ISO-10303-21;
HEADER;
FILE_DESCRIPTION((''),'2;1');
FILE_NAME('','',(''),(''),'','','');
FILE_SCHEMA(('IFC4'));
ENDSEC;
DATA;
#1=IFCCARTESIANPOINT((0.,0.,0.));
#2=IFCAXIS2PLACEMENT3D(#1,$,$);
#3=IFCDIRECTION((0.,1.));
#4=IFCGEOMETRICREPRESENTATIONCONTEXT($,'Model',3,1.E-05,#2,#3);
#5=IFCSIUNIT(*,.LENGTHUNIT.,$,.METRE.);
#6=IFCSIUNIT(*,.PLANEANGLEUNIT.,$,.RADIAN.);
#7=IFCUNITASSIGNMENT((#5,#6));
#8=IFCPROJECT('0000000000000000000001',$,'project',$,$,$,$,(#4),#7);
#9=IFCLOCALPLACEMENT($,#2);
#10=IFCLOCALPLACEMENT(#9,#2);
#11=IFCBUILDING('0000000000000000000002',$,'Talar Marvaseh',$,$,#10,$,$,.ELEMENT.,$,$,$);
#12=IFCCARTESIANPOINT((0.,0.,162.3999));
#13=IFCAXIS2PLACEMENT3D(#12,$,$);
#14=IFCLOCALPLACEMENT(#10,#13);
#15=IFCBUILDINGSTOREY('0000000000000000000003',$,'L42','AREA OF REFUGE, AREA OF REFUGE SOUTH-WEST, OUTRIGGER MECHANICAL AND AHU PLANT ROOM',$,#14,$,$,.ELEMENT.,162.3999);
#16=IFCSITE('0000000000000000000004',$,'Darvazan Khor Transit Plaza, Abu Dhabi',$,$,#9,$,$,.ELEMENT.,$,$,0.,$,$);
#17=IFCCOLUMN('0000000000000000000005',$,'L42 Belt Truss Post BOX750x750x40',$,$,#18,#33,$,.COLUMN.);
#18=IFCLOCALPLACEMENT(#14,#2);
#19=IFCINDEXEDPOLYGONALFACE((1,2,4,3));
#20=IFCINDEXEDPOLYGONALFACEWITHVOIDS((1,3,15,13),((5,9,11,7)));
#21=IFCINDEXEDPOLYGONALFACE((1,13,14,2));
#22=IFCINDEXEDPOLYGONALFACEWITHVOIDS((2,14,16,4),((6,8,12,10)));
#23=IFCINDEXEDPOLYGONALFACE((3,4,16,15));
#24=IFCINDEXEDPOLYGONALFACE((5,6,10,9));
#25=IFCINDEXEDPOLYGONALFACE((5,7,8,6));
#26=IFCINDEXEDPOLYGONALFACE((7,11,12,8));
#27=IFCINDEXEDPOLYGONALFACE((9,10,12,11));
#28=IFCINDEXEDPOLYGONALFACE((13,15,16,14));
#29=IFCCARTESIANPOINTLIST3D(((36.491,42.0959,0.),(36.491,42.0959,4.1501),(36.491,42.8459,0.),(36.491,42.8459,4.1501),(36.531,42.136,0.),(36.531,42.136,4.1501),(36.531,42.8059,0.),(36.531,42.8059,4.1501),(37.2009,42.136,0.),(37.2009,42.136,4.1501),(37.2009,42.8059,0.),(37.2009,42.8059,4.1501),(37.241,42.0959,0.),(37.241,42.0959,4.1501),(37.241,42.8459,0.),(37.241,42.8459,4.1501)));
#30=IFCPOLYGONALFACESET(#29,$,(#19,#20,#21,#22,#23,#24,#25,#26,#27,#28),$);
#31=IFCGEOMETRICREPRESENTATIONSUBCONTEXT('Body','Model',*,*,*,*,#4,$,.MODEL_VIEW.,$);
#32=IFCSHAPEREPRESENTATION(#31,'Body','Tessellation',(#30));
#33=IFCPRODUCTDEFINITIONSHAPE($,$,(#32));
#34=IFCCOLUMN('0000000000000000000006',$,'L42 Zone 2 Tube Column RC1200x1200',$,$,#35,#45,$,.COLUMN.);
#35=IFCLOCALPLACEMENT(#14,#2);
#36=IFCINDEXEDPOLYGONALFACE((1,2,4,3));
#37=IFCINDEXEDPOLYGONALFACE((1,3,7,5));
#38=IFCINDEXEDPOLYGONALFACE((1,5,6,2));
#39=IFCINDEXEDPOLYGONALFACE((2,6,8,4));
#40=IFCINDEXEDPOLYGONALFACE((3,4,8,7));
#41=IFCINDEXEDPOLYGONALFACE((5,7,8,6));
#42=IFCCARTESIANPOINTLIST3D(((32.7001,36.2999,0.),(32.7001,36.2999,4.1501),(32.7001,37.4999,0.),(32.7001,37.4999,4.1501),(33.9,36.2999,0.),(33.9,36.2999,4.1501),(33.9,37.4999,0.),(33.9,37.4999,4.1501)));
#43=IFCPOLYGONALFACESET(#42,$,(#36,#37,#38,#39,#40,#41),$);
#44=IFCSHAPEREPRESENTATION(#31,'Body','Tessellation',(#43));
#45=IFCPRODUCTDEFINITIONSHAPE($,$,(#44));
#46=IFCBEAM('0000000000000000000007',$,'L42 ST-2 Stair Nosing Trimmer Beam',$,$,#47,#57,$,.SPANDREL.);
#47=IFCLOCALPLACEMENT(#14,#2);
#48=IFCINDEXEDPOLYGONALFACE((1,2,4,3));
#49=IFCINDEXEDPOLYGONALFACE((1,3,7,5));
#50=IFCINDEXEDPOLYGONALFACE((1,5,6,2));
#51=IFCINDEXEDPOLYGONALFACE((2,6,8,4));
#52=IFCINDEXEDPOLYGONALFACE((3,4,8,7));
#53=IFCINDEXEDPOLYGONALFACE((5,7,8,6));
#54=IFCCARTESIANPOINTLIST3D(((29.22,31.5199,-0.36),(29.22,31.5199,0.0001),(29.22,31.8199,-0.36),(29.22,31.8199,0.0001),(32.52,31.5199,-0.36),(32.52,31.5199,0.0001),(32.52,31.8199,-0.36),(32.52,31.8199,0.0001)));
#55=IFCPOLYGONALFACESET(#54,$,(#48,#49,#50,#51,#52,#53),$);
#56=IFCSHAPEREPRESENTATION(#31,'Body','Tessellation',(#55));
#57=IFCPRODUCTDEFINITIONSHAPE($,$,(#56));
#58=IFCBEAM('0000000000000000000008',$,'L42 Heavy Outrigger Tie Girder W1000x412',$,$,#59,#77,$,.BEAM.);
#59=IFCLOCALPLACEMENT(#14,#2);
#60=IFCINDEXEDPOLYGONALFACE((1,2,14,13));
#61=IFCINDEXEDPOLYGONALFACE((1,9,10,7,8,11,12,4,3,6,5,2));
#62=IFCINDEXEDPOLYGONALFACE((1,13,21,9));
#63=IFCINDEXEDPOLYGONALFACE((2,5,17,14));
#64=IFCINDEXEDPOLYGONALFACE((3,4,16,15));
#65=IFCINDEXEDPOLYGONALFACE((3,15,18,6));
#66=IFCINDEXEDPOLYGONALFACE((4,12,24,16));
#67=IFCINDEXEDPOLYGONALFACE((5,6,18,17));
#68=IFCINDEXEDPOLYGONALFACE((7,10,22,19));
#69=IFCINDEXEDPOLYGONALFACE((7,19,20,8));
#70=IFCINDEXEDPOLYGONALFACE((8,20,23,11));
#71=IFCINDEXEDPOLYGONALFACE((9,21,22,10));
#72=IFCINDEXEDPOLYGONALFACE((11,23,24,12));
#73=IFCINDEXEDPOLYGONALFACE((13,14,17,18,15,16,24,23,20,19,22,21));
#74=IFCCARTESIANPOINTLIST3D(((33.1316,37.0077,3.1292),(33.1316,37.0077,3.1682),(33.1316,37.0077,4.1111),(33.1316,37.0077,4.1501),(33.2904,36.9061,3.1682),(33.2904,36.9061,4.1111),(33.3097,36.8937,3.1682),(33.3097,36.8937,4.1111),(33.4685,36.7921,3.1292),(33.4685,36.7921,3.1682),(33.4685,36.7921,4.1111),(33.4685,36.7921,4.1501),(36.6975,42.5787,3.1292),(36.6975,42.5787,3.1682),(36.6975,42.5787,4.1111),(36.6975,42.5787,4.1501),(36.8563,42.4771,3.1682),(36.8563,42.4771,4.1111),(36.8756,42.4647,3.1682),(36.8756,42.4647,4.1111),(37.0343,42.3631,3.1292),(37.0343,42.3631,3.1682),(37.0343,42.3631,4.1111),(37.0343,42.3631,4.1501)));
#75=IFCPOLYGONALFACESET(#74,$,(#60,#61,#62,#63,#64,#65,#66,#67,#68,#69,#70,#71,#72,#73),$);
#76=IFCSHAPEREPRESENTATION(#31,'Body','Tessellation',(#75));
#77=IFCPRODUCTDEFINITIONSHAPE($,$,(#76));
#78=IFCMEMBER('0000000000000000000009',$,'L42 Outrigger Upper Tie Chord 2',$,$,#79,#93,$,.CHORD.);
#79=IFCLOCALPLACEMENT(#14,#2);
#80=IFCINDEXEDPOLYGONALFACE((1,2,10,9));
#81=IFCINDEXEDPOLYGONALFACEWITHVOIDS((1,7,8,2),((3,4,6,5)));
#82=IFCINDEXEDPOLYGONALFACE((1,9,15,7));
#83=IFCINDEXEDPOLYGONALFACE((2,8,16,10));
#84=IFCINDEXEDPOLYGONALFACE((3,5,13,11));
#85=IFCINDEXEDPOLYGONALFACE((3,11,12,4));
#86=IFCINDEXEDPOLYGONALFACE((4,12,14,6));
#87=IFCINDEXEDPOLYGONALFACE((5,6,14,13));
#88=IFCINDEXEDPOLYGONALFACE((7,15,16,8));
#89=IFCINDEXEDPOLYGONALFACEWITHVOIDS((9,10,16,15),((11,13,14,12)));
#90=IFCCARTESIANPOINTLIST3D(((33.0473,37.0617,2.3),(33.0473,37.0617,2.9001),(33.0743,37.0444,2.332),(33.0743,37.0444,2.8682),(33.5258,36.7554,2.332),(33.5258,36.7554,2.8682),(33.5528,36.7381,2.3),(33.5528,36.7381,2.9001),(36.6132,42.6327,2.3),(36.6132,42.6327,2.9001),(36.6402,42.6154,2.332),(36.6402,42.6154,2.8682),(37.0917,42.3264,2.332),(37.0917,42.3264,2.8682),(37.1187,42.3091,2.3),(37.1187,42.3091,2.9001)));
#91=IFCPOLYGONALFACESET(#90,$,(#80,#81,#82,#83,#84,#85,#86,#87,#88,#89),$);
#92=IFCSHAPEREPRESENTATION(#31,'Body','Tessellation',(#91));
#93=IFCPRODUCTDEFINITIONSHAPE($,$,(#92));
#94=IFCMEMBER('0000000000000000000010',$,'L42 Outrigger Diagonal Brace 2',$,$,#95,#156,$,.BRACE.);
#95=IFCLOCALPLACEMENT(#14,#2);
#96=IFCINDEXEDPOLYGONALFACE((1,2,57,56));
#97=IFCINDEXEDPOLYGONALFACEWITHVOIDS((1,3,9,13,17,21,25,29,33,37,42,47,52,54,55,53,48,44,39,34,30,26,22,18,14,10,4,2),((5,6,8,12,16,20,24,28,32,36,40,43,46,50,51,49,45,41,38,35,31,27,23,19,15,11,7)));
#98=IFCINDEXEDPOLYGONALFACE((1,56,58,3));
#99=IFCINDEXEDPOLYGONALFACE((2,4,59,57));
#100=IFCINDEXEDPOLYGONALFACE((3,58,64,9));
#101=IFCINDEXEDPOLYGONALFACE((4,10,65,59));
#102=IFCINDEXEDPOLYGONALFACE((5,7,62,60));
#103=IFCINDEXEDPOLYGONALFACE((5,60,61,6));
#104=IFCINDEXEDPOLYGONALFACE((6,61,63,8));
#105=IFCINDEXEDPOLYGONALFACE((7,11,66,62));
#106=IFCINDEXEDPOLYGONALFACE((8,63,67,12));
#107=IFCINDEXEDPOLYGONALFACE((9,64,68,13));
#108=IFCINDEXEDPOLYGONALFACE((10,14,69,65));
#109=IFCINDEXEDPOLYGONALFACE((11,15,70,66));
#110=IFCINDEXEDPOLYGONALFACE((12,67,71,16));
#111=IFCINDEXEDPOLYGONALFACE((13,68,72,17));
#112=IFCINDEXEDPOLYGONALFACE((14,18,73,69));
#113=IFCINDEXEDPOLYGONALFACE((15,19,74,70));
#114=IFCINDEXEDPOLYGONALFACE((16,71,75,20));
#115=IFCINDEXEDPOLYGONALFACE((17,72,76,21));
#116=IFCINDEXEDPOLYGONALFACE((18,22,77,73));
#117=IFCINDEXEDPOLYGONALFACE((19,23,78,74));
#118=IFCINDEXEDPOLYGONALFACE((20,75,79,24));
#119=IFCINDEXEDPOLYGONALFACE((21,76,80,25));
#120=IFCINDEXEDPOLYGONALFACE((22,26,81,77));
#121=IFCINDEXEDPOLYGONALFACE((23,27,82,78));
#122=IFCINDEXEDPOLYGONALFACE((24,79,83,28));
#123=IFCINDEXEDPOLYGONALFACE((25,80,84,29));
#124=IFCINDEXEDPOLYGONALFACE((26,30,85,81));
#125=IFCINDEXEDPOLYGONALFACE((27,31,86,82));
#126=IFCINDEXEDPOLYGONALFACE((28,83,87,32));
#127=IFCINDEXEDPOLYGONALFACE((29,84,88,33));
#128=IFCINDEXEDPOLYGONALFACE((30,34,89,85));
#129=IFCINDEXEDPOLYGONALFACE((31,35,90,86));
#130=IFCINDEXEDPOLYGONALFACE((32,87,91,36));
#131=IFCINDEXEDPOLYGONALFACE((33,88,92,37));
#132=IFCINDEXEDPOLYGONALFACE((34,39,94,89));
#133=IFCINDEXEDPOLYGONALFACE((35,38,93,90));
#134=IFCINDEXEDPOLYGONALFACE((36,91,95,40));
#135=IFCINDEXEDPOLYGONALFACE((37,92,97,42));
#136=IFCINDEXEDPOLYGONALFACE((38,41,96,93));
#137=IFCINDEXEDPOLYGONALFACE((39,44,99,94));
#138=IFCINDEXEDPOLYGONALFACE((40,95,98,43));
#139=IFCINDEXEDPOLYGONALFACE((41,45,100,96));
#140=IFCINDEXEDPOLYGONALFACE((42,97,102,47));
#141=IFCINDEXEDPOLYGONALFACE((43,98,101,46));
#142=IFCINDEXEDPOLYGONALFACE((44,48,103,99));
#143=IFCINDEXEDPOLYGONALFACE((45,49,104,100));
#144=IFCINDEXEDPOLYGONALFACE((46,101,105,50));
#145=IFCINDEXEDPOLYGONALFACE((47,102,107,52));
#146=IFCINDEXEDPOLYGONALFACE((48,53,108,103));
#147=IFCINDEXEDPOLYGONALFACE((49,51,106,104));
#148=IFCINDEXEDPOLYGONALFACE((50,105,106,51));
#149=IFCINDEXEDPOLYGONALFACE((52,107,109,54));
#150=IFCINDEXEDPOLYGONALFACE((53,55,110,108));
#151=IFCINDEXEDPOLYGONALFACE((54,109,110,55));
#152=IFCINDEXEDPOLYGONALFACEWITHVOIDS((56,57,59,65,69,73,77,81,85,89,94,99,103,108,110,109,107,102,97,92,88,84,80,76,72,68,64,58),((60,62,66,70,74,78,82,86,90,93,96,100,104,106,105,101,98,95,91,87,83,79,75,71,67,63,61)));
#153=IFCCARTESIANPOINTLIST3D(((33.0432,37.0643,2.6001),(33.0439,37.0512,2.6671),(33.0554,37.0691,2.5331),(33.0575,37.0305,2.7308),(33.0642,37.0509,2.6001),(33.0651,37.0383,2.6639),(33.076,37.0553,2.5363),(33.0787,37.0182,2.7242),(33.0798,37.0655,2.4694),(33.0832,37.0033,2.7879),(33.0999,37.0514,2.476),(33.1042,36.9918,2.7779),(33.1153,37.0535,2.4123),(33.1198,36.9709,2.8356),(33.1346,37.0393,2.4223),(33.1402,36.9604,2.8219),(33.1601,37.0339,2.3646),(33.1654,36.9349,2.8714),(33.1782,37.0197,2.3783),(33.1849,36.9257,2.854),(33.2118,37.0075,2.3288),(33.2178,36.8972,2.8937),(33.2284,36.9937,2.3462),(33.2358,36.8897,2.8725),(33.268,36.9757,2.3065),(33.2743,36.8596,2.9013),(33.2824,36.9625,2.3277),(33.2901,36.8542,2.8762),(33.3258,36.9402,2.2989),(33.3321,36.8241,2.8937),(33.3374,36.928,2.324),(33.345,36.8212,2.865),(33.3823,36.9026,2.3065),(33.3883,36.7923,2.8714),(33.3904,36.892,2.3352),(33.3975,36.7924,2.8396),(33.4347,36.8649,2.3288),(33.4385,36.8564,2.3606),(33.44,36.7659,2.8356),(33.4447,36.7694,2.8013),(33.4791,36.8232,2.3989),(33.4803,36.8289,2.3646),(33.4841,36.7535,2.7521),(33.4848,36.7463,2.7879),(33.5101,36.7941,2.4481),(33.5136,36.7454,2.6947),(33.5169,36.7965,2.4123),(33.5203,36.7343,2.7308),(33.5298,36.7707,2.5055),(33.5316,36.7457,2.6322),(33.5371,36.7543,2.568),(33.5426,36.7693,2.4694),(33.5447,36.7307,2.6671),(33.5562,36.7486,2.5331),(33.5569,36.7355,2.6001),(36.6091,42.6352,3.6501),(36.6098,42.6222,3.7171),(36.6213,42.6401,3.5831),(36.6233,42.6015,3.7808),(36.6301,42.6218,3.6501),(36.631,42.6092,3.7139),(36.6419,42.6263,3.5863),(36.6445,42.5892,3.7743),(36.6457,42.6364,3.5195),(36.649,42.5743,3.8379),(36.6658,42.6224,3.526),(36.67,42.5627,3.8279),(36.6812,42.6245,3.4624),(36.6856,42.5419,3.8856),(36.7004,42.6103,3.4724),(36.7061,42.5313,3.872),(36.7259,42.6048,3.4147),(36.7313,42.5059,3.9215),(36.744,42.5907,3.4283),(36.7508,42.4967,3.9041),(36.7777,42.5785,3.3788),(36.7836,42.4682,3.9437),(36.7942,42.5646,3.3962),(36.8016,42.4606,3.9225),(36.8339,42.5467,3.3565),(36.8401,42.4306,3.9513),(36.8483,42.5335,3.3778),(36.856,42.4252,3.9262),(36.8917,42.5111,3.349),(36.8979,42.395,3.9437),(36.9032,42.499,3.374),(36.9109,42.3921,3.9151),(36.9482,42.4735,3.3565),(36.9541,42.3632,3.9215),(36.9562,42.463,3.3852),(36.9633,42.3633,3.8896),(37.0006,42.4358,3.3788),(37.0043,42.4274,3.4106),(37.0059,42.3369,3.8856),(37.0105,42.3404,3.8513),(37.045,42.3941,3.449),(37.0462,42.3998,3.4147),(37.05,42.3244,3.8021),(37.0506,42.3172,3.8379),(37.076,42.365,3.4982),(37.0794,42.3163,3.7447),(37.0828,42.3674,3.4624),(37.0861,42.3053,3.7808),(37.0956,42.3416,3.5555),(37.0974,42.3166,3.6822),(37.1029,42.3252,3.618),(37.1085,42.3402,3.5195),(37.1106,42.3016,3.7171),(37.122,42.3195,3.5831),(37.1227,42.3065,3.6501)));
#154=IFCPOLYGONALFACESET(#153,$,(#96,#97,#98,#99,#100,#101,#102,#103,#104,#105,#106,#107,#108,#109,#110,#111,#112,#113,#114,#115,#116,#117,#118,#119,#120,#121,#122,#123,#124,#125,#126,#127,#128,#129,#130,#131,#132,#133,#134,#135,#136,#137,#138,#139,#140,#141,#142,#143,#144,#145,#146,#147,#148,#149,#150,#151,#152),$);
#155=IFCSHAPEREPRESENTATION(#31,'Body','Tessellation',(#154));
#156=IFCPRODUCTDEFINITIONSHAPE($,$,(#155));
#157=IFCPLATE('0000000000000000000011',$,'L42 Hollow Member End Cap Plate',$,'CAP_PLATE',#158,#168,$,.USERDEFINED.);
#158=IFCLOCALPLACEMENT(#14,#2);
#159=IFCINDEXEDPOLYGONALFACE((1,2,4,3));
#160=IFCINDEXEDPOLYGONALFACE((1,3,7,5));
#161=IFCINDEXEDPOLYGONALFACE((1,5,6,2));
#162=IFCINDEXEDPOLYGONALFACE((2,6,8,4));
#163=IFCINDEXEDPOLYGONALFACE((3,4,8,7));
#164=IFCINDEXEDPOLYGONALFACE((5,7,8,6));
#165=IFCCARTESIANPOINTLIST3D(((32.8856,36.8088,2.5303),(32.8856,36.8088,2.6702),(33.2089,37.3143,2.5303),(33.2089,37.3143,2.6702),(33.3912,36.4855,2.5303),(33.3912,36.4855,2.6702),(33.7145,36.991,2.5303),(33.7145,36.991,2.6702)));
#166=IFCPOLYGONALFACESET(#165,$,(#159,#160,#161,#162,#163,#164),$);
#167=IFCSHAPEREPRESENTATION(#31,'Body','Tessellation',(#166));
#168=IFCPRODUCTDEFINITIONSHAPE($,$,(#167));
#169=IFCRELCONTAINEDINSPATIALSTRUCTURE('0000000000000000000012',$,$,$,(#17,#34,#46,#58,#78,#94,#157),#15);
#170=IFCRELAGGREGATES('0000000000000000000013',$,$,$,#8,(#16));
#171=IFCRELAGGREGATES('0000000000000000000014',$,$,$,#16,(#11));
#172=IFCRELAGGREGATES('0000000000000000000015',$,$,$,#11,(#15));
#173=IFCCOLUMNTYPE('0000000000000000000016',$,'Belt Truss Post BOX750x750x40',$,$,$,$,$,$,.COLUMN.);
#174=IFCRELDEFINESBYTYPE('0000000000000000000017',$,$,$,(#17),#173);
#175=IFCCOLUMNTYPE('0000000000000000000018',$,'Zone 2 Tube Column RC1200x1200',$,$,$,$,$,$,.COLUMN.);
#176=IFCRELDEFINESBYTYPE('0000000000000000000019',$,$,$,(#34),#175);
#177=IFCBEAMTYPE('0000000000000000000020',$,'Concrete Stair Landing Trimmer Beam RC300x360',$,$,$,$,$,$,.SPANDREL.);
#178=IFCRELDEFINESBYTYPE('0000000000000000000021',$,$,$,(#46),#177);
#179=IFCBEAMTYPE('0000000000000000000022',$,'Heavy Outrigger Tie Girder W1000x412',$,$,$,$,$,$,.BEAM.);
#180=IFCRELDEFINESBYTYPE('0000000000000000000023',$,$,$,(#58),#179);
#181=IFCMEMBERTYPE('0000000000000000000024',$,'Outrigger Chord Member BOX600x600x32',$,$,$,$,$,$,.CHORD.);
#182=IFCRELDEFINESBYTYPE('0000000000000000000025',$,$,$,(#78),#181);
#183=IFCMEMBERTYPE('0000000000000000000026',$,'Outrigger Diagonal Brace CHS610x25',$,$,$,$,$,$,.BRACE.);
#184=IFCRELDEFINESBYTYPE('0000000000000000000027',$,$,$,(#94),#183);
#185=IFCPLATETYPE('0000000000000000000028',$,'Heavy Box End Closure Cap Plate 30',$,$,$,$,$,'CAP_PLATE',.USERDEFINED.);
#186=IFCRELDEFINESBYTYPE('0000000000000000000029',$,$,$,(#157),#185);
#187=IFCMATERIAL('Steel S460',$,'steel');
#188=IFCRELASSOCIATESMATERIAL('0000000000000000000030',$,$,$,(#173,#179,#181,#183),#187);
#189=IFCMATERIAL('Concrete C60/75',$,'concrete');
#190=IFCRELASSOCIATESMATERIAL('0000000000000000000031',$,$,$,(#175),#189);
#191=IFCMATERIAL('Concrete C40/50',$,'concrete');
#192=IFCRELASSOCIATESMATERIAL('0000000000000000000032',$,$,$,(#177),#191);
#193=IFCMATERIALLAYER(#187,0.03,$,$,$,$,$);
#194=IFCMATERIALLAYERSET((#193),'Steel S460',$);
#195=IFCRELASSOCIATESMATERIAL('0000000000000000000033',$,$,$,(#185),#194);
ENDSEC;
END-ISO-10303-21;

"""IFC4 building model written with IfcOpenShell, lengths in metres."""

from ifc_helpers import new_model, si_unit, direction, frame, origin, origin_2d, place, context, subcontext, project, spatial, rectangle, hollow_rectangle, hollow_circle, i_section, extrude, source, transform, mapped, material, layer, layer_set, material_profile, profile_set, type_object, type_shapes, element, save


model = new_model("IFC4")

# Units and contexts
model_context = context("Model", 3, precision=1e-05, world=origin(), true_north=direction((0.0, 1.0)))
body_context = subcontext(model_context, "Body", "Model", "MODEL_VIEW")
ifc_project = project(units=[si_unit("LENGTHUNIT", "METRE"), si_unit("PLANEANGLEUNIT", "RADIAN")], contexts=[model_context])

# Site, building, storey
site_placement = place(None, origin())
site = spatial("IfcSite", under=ifc_project, at=site_placement, Name="Darvazan Khor Transit Plaza, Abu Dhabi", CompositionType="ELEMENT", RefElevation=0.0)
building_placement = place(site_placement, origin())
building = spatial("IfcBuilding", under=site, at=building_placement, Name="Talar Marvaseh", CompositionType="ELEMENT")
storey_placement = place(building_placement, frame((0.0, 0.0, 162.3999)))
storey = spatial("IfcBuildingStorey", under=building, at=storey_placement, Name="L42", Description="AREA OF REFUGE, AREA OF REFUGE SOUTH-WEST, OUTRIGGER MECHANICAL AND AHU PLANT ROOM", CompositionType="ELEMENT", Elevation=162.3999)

# Columns
ifc_material_1 = material(Name="Steel S460", Category="steel")
ifc_material_profile_1 = material_profile(ifc_material_1, hollow_rectangle(XDim=0.75, YDim=0.75, WallThickness=0.04, at=origin_2d()), Name="BOX750x750x40")
ifc_profile_set_1 = profile_set([ifc_material_profile_1], Name="Steel S460")
column_type_1 = type_object("IfcColumnType", Name="Belt Truss Post BOX750x750x40", PredefinedType="COLUMN", material=ifc_profile_set_1)
column_1_placement = place(storey_placement, frame((36.866, 42.4709, 0.0), z_axis=(0.0, 0.0, 1.0), x_axis=(1.0, 0.0, 0.0)))
element("IfcColumn", 1, at=column_1_placement, inside=storey, type_object=column_type_1, Name="L42 Belt Truss Post BOX750x750x40", PredefinedType="COLUMN", context=body_context, shape_type="SweptSolid", body=[
    extrude(hollow_rectangle(XDim=0.75, YDim=0.75, WallThickness=0.04, at=origin_2d()), origin(), (0.0, 0.0, 1.0), 4.1501),
])
ifc_material_2 = material(Name="Concrete C60/75", Category="concrete")
ifc_material_profile_2 = material_profile(ifc_material_2, rectangle(XDim=1.2, YDim=1.2, at=origin_2d()), Name="RC1200x1200")
ifc_profile_set_2 = profile_set([ifc_material_profile_2], Name="Concrete C60/75")
column_type_2 = type_object("IfcColumnType", Name="Zone 2 Tube Column RC1200x1200", PredefinedType="COLUMN", material=ifc_profile_set_2)
column_2_placement = place(storey_placement, frame((33.3, 36.8999, 0.0), z_axis=(0.0, 0.0, 1.0), x_axis=(1.0, 0.0, 0.0)))
element("IfcColumn", 2, at=column_2_placement, inside=storey, type_object=column_type_2, Name="L42 Zone 2 Tube Column RC1200x1200", PredefinedType="COLUMN", context=body_context, shape_type="SweptSolid", body=[
    extrude(rectangle(XDim=1.2, YDim=1.2, at=origin_2d()), origin(), (0.0, 0.0, 1.0), 4.1501),
])

# Beams
ifc_material_3 = material(Name="Concrete C40/50", Category="concrete")
ifc_material_profile_3 = material_profile(ifc_material_3, rectangle(XDim=0.3, YDim=0.3601, at=origin_2d()), Name="RC300x360")
ifc_profile_set_3 = profile_set([ifc_material_profile_3], Name="Concrete C40/50")
beam_type_1 = type_object("IfcBeamType", Name="Concrete Stair Landing Trimmer Beam RC300x360", PredefinedType="SPANDREL", material=ifc_profile_set_3)
beam_1_placement = place(storey_placement, frame((29.22, 31.6699, -0.1799), z_axis=(1.0, 0.0, 0.0), x_axis=(0.0, 1.0, 0.0)))
element("IfcBeam", 3, at=beam_1_placement, inside=storey, type_object=beam_type_1, Name="L42 ST-2 Stair Nosing Trimmer Beam", PredefinedType="SPANDREL", context=body_context, shape_type="SweptSolid", body=[
    extrude(rectangle(XDim=0.3, YDim=0.3601, at=origin_2d()), origin(), (0.0, 0.0, 1.0), 3.3),
])
ifc_material_profile_4 = material_profile(ifc_material_1, i_section(OverallWidth=0.3999, OverallDepth=1.021, WebThickness=0.0229, FlangeThickness=0.0391, at=origin_2d()), Name="W1000x412")
ifc_profile_set_4 = profile_set([ifc_material_profile_4], Name="Steel S460")
beam_type_2 = type_object("IfcBeamType", Name="Heavy Outrigger Tie Girder W1000x412", PredefinedType="BEAM", material=ifc_profile_set_4)
beam_2_placement = place(storey_placement, frame((33.3, 36.8999, 3.6396), z_axis=(0.539102, 0.842241, 0.0), x_axis=(-0.842241, 0.539102, 0.0)))
element("IfcBeam", 4, at=beam_2_placement, inside=storey, type_object=beam_type_2, Name="L42 Heavy Outrigger Tie Girder W1000x412", PredefinedType="BEAM", context=body_context, shape_type="SweptSolid", body=[
    extrude(i_section(OverallWidth=0.3999, OverallDepth=1.021, WebThickness=0.0229, FlangeThickness=0.0391, at=origin_2d()), origin(), (0.0, 0.0, 1.0), 6.6145),
])

# Members
ifc_material_profile_5 = material_profile(ifc_material_1, hollow_rectangle(XDim=0.6001, YDim=0.6001, WallThickness=0.032, at=origin_2d()), Name="BOX600x600x32")
ifc_profile_set_5 = profile_set([ifc_material_profile_5], Name="Steel S460")
member_type_1 = type_object("IfcMemberType", Name="Outrigger Chord Member BOX600x600x32", PredefinedType="CHORD", material=ifc_profile_set_5)
shared_shape_1 = source(origin(), body_context, "Body", "SweptSolid", [
    extrude(hollow_rectangle(XDim=0.6001, YDim=0.6001, WallThickness=0.032, at=origin_2d()), origin(), (0.0, 0.0, 1.0), 6.6145),
])
type_shapes(member_type_1, [shared_shape_1])
member_1_placement = place(storey_placement, frame((33.3, 36.8999, 2.6001), z_axis=(0.539102, 0.842241, 0.0), x_axis=(-0.842241, 0.539102, 0.0)))
element("IfcMember", 5, at=member_1_placement, inside=storey, type_object=member_type_1, Name="L42 Outrigger Upper Tie Chord 2", PredefinedType="CHORD", context=body_context, shape_type="MappedRepresentation", body=[
    mapped(shared_shape_1, transform((0.0, 0.0, 0.0), x_axis=(1.0, 0.0, 0.0), y_axis=(0.0, 1.0, 0.0), z_axis=(0.0, 0.0, 1.0), scale=1.0)),
])
ifc_material_profile_6 = material_profile(ifc_material_1, hollow_circle(Radius=0.3049, WallThickness=0.0249, at=origin_2d()), Name="CHS610x25")
ifc_profile_set_6 = profile_set([ifc_material_profile_6], Name="Steel S460")
member_type_2 = type_object("IfcMemberType", Name="Outrigger Diagonal Brace CHS610x25", PredefinedType="BRACE", material=ifc_profile_set_6)
shared_shape_2 = source(origin(), body_context, "Body", "SweptSolid", [
    extrude(hollow_circle(Radius=0.3049, WallThickness=0.0249, at=origin_2d()), origin(), (0.0, 0.0, 1.0), 6.6973),
])
type_shapes(member_type_2, [shared_shape_2])
member_2_placement = place(storey_placement, frame((33.3, 36.8999, 2.6001), z_axis=(0.532435, 0.831824, 0.156785), x_axis=(-0.842241, 0.539102, 0.0)))
element("IfcMember", 6, at=member_2_placement, inside=storey, type_object=member_type_2, Name="L42 Outrigger Diagonal Brace 2", PredefinedType="BRACE", context=body_context, shape_type="MappedRepresentation", body=[
    mapped(shared_shape_2, transform((0.0, 0.0, 0.0), x_axis=(1.0, 0.0, 0.0), y_axis=(0.0, 1.0, 0.0), z_axis=(0.0, 0.0, 1.0), scale=1.0)),
])

# Plate
ifc_layer_1 = layer(ifc_material_1, 0.03)
ifc_layer_set_1 = layer_set([ifc_layer_1], Name="Steel S460")
plate_type_1 = type_object("IfcPlateType", Name="Heavy Box End Closure Cap Plate 30", ElementType="CAP_PLATE", PredefinedType="USERDEFINED", material=ifc_layer_set_1)
shared_shape_3 = source(origin(), body_context, "Body", "SweptSolid", [
    extrude(rectangle(XDim=0.6001, YDim=0.6001, at=origin_2d()), origin(), (0.0, 0.0, 1.0), 0.1399),
])
type_shapes(plate_type_1, [shared_shape_3])
for number, where, z_axis, x_axis, name in (
    (7, (33.3, 36.8999, 2.5303), (0.0, 0.0, 1.0), (0.538771, 0.842452, 0.0), "L42 Hollow Member End Cap Plate"),
):
    element("IfcPlate", number, at=place(storey_placement, frame(where, z_axis=z_axis, x_axis=x_axis)), inside=storey, type_object=plate_type_1, Name=name, ObjectType="CAP_PLATE", PredefinedType="USERDEFINED", context=body_context, shape_type="MappedRepresentation", body=[
        mapped(shared_shape_3, transform((0.0, 0.0, 0.0), x_axis=(1.0, 0.0, 0.0), y_axis=(0.0, 1.0, 0.0), z_axis=(0.0, 0.0, 1.0), scale=1.0)),
    ])

save(model, "model.ifc")
